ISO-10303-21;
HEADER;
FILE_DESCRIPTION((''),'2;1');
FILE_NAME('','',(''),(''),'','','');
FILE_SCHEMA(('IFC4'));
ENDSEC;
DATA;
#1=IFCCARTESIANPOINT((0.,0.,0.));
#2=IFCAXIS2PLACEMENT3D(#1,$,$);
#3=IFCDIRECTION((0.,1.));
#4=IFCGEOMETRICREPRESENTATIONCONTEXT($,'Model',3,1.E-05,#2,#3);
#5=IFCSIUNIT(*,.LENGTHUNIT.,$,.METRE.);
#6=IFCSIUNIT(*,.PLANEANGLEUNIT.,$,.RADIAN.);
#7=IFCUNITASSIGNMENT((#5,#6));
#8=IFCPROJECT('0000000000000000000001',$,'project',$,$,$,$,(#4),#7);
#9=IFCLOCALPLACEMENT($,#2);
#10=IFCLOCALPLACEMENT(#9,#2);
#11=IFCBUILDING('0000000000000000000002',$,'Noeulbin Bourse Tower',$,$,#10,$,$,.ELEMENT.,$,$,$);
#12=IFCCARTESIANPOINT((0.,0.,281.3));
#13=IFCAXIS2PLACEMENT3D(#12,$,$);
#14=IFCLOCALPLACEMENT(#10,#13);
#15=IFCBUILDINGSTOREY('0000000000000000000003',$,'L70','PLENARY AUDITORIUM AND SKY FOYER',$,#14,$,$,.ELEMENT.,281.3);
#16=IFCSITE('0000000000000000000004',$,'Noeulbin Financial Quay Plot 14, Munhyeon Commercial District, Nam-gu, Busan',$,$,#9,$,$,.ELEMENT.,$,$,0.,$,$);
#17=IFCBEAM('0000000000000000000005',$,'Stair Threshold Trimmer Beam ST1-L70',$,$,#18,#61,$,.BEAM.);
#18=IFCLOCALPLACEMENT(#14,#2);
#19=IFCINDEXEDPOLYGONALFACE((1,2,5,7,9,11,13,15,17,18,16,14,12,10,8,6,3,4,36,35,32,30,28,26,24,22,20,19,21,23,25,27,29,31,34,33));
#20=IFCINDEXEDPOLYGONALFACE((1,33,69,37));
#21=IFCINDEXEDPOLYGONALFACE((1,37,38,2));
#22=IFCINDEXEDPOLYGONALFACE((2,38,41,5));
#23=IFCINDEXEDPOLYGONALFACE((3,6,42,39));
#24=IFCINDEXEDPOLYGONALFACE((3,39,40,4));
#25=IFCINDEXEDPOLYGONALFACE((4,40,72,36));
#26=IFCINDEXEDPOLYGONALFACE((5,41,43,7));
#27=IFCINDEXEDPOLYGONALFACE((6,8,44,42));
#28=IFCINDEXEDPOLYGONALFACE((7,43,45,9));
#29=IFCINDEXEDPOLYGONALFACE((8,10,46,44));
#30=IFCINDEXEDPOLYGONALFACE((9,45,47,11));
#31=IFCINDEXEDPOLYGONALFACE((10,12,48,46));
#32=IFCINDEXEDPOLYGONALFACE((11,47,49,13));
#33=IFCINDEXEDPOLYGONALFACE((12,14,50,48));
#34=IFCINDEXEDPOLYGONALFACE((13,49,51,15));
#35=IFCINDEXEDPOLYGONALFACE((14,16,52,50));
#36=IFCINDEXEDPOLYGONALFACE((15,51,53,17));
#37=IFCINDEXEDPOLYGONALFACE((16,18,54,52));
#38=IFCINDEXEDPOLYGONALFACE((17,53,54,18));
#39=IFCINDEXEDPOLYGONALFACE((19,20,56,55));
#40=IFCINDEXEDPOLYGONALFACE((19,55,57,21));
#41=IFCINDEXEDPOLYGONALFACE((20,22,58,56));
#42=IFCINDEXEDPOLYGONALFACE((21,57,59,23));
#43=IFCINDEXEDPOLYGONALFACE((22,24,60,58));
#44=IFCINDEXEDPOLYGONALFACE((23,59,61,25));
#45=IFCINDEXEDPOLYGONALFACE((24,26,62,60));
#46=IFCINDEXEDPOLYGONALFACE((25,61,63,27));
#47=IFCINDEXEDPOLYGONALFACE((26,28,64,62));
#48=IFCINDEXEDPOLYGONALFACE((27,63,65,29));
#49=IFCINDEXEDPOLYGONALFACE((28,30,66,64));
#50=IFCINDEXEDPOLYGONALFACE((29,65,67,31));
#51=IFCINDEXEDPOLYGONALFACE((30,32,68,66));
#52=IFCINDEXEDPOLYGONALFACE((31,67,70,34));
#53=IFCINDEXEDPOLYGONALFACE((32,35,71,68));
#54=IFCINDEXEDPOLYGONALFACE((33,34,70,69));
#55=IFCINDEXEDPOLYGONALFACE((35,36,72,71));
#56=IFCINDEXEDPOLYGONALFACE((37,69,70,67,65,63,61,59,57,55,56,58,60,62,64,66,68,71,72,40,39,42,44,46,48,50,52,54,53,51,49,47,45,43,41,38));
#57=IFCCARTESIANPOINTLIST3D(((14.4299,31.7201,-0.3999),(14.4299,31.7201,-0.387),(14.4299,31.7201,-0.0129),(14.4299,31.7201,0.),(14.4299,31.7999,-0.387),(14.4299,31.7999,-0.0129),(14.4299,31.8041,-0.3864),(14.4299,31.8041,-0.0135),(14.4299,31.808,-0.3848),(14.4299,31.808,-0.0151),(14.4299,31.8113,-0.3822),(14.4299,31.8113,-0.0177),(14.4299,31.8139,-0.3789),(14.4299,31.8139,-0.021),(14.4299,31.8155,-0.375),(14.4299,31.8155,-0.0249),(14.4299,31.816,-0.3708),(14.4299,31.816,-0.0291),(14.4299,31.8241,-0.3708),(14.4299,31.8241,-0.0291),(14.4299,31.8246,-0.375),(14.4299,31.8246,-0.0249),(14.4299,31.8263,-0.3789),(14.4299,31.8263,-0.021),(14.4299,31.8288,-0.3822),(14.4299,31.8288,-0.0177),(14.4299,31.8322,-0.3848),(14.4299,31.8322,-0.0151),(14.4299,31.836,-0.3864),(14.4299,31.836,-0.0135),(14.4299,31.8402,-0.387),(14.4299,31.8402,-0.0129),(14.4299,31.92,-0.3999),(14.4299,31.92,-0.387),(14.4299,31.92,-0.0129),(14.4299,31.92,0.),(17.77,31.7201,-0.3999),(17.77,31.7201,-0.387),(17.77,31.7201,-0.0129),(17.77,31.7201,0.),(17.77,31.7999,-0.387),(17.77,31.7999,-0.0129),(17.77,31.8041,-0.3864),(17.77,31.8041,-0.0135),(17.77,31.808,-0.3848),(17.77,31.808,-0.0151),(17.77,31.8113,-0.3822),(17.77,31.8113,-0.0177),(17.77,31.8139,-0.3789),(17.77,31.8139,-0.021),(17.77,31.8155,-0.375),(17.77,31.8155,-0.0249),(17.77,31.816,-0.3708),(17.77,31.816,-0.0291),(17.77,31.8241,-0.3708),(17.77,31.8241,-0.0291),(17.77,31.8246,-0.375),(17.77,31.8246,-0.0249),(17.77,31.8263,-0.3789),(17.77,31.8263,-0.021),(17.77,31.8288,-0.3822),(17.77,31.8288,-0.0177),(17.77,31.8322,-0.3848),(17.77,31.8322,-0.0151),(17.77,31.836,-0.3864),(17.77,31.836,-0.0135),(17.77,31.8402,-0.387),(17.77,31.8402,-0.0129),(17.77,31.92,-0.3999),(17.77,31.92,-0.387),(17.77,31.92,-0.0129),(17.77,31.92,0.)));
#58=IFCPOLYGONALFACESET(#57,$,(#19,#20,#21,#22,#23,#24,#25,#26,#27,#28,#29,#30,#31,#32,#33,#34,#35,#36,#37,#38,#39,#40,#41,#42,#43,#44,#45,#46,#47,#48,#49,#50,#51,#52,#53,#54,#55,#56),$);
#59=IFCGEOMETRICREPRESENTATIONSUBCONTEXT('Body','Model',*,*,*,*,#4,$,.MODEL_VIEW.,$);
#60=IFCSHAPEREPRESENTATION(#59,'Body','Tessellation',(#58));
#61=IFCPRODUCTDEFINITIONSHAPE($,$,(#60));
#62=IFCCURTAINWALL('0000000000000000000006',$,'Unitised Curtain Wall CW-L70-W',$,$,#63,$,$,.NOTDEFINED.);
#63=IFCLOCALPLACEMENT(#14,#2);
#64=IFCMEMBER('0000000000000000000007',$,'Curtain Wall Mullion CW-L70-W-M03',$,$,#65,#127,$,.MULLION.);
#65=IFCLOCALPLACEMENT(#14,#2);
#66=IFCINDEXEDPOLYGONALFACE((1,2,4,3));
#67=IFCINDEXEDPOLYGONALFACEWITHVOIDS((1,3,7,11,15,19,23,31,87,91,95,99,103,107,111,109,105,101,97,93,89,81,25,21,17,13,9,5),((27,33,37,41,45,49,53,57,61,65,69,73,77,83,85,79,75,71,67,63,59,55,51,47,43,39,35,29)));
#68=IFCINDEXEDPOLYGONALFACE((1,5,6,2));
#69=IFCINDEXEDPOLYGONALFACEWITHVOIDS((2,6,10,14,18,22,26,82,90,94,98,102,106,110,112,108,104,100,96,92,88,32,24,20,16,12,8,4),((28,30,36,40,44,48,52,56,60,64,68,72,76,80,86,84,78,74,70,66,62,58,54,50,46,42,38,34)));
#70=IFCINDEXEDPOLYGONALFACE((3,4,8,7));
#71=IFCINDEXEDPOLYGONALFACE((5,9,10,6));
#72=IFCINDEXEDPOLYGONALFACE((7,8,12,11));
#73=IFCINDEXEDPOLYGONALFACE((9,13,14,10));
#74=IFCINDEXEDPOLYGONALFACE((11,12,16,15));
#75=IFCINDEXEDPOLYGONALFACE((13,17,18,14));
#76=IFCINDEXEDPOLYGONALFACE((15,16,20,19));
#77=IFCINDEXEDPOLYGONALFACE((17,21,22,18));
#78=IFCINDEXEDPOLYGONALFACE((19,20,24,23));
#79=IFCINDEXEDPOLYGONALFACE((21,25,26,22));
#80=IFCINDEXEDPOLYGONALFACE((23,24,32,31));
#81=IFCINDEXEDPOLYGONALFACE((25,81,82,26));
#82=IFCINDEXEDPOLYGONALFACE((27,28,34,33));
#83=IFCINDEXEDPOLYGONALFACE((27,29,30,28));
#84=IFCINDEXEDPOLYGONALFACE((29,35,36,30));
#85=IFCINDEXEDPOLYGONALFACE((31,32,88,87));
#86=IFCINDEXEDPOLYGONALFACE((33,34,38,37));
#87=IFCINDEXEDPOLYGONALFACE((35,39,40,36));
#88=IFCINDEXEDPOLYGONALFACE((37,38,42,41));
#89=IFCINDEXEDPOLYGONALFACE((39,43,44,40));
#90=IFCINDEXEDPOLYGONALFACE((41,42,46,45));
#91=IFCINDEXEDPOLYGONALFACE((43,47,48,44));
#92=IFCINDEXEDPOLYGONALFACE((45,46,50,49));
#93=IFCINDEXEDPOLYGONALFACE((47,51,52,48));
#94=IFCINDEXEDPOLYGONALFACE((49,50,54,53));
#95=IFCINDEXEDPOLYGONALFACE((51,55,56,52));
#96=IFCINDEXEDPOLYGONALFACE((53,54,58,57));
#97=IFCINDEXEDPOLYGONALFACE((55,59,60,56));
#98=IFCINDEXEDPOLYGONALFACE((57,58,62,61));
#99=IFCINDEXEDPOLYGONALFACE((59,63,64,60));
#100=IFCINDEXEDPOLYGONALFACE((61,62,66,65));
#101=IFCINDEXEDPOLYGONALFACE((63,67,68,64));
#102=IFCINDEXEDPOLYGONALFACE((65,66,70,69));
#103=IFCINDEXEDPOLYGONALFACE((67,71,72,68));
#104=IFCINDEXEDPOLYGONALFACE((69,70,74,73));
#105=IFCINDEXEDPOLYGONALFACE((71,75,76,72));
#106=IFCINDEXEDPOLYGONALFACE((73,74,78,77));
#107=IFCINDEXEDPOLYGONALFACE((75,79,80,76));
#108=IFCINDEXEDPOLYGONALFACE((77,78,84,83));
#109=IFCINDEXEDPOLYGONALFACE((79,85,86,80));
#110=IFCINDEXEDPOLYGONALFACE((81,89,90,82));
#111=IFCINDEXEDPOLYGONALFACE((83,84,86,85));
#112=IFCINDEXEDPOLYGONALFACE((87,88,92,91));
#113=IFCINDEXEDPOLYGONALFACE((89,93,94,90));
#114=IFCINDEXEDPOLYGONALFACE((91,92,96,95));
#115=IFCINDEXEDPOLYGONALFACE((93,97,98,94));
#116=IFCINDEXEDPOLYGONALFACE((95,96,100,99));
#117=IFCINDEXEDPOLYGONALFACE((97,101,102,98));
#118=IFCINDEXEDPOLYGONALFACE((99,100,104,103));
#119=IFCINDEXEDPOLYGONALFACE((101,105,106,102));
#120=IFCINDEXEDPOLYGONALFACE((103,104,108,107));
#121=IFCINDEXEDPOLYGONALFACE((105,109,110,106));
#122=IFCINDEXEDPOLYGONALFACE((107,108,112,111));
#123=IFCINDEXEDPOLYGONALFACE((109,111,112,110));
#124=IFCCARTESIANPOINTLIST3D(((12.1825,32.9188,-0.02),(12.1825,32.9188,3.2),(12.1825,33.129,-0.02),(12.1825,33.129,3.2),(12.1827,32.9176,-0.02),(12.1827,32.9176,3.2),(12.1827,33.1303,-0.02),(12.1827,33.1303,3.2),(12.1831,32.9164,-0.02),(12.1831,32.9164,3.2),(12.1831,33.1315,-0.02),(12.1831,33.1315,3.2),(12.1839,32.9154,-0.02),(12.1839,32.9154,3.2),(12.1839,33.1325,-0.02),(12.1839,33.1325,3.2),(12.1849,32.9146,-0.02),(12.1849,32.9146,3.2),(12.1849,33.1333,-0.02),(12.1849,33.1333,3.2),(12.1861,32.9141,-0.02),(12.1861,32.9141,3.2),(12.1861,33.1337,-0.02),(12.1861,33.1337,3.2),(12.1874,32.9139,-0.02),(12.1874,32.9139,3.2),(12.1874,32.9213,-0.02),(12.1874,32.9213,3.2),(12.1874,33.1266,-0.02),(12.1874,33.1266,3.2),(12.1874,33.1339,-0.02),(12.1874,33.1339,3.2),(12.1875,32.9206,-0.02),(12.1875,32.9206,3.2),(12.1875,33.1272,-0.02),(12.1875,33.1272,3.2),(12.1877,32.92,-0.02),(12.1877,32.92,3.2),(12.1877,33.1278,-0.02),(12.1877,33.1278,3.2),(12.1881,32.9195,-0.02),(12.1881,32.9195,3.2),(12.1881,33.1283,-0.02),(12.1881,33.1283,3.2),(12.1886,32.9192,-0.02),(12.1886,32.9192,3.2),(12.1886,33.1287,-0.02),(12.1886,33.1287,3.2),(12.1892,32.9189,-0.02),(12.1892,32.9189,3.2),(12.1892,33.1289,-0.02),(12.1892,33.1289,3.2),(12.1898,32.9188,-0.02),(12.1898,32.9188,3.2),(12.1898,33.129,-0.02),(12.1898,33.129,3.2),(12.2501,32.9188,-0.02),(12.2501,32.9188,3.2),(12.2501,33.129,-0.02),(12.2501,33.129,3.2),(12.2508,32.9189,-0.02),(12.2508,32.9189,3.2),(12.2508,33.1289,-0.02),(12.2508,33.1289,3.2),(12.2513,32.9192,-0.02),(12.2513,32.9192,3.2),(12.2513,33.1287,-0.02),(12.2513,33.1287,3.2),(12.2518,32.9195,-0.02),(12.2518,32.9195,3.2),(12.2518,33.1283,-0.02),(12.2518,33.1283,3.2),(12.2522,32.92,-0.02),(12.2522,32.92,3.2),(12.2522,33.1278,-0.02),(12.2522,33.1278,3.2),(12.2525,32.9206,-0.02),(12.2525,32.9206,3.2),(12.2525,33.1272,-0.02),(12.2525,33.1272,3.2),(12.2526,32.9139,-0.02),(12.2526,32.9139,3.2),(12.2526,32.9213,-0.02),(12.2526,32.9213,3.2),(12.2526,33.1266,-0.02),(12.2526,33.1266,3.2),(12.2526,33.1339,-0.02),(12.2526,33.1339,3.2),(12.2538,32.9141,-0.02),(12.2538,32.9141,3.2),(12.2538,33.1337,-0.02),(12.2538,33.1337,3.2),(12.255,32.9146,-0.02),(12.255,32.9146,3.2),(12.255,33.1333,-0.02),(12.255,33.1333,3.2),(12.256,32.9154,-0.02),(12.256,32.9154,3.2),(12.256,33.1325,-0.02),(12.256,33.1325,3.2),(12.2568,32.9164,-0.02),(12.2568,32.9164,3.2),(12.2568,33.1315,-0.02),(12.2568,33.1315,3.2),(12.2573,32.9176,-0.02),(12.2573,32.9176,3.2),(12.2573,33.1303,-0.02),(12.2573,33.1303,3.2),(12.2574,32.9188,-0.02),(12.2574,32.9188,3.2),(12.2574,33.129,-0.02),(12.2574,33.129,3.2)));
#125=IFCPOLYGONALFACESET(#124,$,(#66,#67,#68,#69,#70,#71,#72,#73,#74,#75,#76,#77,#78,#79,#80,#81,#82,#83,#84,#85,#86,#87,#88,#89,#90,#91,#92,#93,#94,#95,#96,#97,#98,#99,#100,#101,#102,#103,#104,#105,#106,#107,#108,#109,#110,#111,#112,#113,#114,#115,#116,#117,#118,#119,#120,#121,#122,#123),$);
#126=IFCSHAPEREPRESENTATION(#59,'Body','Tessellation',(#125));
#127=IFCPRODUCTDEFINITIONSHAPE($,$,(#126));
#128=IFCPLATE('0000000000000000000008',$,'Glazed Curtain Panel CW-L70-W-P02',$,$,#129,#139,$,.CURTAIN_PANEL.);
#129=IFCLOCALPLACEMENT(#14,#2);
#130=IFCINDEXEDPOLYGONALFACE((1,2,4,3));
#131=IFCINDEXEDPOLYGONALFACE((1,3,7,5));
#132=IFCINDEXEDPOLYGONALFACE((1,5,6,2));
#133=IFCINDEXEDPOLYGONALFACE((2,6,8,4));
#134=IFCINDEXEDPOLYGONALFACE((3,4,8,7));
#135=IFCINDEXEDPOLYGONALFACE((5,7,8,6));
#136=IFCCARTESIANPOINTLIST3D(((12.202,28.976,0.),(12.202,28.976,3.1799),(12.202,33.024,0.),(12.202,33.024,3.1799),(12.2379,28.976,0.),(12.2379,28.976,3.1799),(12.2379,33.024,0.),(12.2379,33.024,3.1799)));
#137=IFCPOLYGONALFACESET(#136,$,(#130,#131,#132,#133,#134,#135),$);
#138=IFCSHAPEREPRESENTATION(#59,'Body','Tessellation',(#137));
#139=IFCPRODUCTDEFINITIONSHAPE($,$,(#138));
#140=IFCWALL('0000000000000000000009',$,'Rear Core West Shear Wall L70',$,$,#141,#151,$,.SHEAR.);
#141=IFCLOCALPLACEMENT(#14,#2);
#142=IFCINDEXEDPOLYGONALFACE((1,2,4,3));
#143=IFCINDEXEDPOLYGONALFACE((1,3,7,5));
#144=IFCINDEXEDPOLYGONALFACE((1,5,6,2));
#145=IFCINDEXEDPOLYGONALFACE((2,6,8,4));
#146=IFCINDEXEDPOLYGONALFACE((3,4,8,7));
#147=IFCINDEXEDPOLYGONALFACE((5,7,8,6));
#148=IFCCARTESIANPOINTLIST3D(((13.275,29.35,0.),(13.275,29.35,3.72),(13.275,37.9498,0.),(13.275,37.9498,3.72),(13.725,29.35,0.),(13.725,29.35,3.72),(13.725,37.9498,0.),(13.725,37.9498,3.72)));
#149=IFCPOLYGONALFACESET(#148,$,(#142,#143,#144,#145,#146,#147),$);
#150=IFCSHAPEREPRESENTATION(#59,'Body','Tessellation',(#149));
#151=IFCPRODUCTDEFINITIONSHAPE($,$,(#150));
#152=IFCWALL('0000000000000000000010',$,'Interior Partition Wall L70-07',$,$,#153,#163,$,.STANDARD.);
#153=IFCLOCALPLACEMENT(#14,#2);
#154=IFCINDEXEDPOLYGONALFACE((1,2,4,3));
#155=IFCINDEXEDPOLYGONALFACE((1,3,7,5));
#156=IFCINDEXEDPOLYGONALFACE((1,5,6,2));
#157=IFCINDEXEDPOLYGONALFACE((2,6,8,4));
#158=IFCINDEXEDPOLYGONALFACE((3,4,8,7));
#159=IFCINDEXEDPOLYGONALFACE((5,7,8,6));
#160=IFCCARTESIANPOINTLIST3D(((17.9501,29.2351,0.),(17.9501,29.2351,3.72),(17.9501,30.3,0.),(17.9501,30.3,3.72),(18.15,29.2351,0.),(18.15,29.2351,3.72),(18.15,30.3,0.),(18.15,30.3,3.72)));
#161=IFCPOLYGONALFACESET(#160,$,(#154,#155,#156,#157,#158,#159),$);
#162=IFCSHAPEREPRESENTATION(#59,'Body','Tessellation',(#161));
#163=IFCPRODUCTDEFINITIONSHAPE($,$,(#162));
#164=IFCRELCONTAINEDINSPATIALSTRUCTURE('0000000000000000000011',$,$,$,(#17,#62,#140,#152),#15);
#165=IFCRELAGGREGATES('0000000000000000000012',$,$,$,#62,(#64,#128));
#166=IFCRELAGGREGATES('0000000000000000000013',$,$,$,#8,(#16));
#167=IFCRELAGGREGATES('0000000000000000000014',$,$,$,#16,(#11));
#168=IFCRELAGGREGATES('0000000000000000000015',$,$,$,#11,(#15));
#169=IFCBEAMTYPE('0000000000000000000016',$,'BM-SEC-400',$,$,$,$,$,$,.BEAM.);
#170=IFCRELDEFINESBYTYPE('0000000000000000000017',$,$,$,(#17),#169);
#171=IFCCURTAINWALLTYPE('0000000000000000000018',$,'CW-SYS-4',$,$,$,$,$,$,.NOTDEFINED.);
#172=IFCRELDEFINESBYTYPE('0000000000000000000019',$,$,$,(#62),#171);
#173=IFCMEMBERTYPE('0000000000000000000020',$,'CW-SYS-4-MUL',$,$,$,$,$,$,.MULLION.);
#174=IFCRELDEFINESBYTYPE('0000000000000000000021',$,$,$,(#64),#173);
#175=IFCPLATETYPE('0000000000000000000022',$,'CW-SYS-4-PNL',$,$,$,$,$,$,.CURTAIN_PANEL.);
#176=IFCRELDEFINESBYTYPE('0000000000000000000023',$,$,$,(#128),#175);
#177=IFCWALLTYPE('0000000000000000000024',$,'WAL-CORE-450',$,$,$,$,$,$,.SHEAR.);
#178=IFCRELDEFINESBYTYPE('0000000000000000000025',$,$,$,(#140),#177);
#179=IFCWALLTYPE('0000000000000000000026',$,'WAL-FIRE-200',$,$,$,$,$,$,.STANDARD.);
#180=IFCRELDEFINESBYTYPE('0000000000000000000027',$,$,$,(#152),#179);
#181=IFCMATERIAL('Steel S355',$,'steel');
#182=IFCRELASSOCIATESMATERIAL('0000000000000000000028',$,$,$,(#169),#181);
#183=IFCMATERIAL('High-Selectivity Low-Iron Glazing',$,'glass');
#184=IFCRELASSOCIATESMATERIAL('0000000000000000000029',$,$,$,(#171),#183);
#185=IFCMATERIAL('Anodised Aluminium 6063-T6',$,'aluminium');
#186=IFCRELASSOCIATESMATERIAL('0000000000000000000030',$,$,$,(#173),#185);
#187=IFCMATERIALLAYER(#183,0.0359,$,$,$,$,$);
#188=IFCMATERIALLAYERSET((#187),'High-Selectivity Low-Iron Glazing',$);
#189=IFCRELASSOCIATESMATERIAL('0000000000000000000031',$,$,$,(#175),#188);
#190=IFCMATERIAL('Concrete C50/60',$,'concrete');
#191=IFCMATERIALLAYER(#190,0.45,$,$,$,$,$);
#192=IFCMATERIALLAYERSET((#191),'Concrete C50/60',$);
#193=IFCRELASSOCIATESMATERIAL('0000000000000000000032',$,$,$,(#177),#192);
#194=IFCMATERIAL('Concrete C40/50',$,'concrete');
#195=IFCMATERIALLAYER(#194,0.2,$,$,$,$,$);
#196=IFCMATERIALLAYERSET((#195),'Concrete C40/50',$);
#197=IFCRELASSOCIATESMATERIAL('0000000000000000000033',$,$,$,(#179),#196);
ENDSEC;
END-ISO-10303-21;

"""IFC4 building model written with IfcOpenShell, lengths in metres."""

from ifc_helpers import new_model, si_unit, direction, frame, frame_2d, origin, origin_2d, place, context, subcontext, project, spatial, rectangle, hollow_rectangle, i_section, extrude, material, layer, layer_set, material_profile, profile_set, type_object, element, aggregate, save


model = new_model("IFC4")

# Units and contexts
model_context = context("Model", 3, precision=1e-05, world=origin(), true_north=direction((0.0, 1.0)))
body_context = subcontext(model_context, "Body", "Model", "MODEL_VIEW")
ifc_project = project(units=[si_unit("LENGTHUNIT", "METRE"), si_unit("PLANEANGLEUNIT", "RADIAN")], contexts=[model_context])

# Site, building, storey
site_placement = place(None, origin())
site = spatial("IfcSite", under=ifc_project, at=site_placement, Name="Noeulbin Financial Quay Plot 14, Munhyeon Commercial District, Nam-gu, Busan", CompositionType="ELEMENT", RefElevation=0.0)
building_placement = place(site_placement, origin())
building = spatial("IfcBuilding", under=site, at=building_placement, Name="Noeulbin Bourse Tower", CompositionType="ELEMENT")
storey_placement = place(building_placement, frame((0.0, 0.0, 281.3)))
storey = spatial("IfcBuildingStorey", under=building, at=storey_placement, Name="L70", Description="PLENARY AUDITORIUM AND SKY FOYER", CompositionType="ELEMENT", Elevation=281.3)

# Beam
ifc_material_1 = material(Name="Steel S355", Category="steel")
ifc_material_profile_1 = material_profile(ifc_material_1, i_section(OverallWidth=0.2, OverallDepth=0.3999, WebThickness=0.0081, FlangeThickness=0.0129, FilletRadius=0.0161, at=origin_2d()), Name="H-400x200x8x13", Category="LoadBearing")
ifc_profile_set_1 = profile_set([ifc_material_profile_1], Name="Steel S355")
beam_type = type_object("IfcBeamType", Name="BM-SEC-400", PredefinedType="BEAM", material=ifc_profile_set_1)
beam_placement = place(storey_placement, frame((14.4299, 31.8201, -0.2), z_axis=(1.0, 0.0, 0.0), x_axis=(0.0, 1.0, 0.0)))
element("IfcBeam", 1, at=beam_placement, inside=storey, type_object=beam_type, Name="Stair Threshold Trimmer Beam ST1-L70", PredefinedType="BEAM", context=body_context, shape_type="SweptSolid", body=[
    extrude(i_section(OverallWidth=0.2, OverallDepth=0.3999, WebThickness=0.0081, FlangeThickness=0.0129, FilletRadius=0.0161, at=origin_2d()), origin(), (0.0, 0.0, 1.0), 3.3401),
])

# Curtain wall, member, plate
ifc_material_2 = material(Name="High-Selectivity Low-Iron Glazing", Category="glass")
curtain_wall_type = type_object("IfcCurtainWallType", Name="CW-SYS-4", PredefinedType="NOTDEFINED", material=ifc_material_2)
curtain_wall_placement = place(storey_placement, origin())
curtain_wall = element("IfcCurtainWall", 2, at=curtain_wall_placement, inside=storey, type_object=curtain_wall_type, Name="Unitised Curtain Wall CW-L70-W", PredefinedType="NOTDEFINED")
ifc_material_3 = material(Name="Anodised Aluminium 6063-T6", Category="aluminium")
ifc_material_profile_2 = material_profile(ifc_material_3, hollow_rectangle(XDim=0.075, YDim=0.22, WallThickness=0.0049, InnerFilletRadius=0.0024, OuterFilletRadius=0.0049, at=origin_2d()), Name="ALU-MULL-75x220x5", Category="LoadBearing")
ifc_profile_set_2 = profile_set([ifc_material_profile_2], Name="Anodised Aluminium 6063-T6")
member_type = type_object("IfcMemberType", Name="CW-SYS-4-MUL", PredefinedType="MULLION", material=ifc_profile_set_2)
member_placement = place(storey_placement, frame((12.22, 33.0239, -0.02), z_axis=(0.0, 0.0, 1.0), x_axis=(1.0, 0.0, 0.0)))
member = element("IfcMember", 3, at=member_placement, type_object=member_type, Name="Curtain Wall Mullion CW-L70-W-M03", PredefinedType="MULLION", context=body_context, shape_type="SweptSolid", body=[
    extrude(hollow_rectangle(XDim=0.075, YDim=0.22, WallThickness=0.0049, InnerFilletRadius=0.0024, OuterFilletRadius=0.0049, at=origin_2d()), origin(), (0.0, 0.0, 1.0), 3.22),
])
ifc_layer_1 = layer(ifc_material_2, 0.0359)
ifc_layer_set_1 = layer_set([ifc_layer_1], Name="High-Selectivity Low-Iron Glazing")
plate_type = type_object("IfcPlateType", Name="CW-SYS-4-PNL", PredefinedType="CURTAIN_PANEL", material=ifc_layer_set_1)
plate_placement = place(storey_placement, frame((12.22, 31.0, 0.0), z_axis=(0.0, 0.0, 1.0), x_axis=(0.0, 1.0, 0.0)))
plate = element("IfcPlate", 4, at=plate_placement, type_object=plate_type, Name="Glazed Curtain Panel CW-L70-W-P02", PredefinedType="CURTAIN_PANEL", context=body_context, shape_type="SweptSolid", body=[
    extrude(rectangle(XDim=4.0481, YDim=0.0359, at=origin_2d()), origin(), (0.0, 0.0, 1.0), 3.1799),
])
aggregate(curtain_wall, [member, plate])

# Walls
ifc_material_4 = material(Name="Concrete C50/60", Category="concrete")
ifc_layer_2 = layer(ifc_material_4, 0.45)
ifc_layer_set_2 = layer_set([ifc_layer_2], Name="Concrete C50/60")
wall_type_1 = type_object("IfcWallType", Name="WAL-CORE-450", PredefinedType="SHEAR", material=ifc_layer_set_2)
wall_1_placement = place(storey_placement, frame((13.5, 29.3501, 0.0), z_axis=(0.0, 0.0, 1.0), x_axis=(0.0, 1.0, 0.0)))
element("IfcWall", 5, at=wall_1_placement, inside=storey, type_object=wall_type_1, Name="Rear Core West Shear Wall L70", PredefinedType="SHEAR", context=body_context, shape_type="SweptSolid", body=[
    extrude(rectangle(XDim=8.5999, YDim=0.45, at=frame_2d((4.2998, 0.0))), origin(), (0.0, 0.0, 1.0), 3.72),
])
ifc_material_5 = material(Name="Concrete C40/50", Category="concrete")
ifc_layer_3 = layer(ifc_material_5, 0.2)
ifc_layer_set_3 = layer_set([ifc_layer_3], Name="Concrete C40/50")
wall_type_2 = type_object("IfcWallType", Name="WAL-FIRE-200", PredefinedType="STANDARD", material=ifc_layer_set_3)
wall_2_placement = place(storey_placement, frame((18.05, 29.2351, 0.0), z_axis=(0.0, 0.0, 1.0), x_axis=(0.0, 1.0, 0.0)))
element("IfcWall", 6, at=wall_2_placement, inside=storey, type_object=wall_type_2, Name="Interior Partition Wall L70-07", PredefinedType="STANDARD", context=body_context, shape_type="SweptSolid", body=[
    extrude(rectangle(XDim=1.0649, YDim=0.2, at=frame_2d((0.5325, 0.0))), origin(), (0.0, 0.0, 1.0), 3.72),
])

save(model, "model.ifc")
